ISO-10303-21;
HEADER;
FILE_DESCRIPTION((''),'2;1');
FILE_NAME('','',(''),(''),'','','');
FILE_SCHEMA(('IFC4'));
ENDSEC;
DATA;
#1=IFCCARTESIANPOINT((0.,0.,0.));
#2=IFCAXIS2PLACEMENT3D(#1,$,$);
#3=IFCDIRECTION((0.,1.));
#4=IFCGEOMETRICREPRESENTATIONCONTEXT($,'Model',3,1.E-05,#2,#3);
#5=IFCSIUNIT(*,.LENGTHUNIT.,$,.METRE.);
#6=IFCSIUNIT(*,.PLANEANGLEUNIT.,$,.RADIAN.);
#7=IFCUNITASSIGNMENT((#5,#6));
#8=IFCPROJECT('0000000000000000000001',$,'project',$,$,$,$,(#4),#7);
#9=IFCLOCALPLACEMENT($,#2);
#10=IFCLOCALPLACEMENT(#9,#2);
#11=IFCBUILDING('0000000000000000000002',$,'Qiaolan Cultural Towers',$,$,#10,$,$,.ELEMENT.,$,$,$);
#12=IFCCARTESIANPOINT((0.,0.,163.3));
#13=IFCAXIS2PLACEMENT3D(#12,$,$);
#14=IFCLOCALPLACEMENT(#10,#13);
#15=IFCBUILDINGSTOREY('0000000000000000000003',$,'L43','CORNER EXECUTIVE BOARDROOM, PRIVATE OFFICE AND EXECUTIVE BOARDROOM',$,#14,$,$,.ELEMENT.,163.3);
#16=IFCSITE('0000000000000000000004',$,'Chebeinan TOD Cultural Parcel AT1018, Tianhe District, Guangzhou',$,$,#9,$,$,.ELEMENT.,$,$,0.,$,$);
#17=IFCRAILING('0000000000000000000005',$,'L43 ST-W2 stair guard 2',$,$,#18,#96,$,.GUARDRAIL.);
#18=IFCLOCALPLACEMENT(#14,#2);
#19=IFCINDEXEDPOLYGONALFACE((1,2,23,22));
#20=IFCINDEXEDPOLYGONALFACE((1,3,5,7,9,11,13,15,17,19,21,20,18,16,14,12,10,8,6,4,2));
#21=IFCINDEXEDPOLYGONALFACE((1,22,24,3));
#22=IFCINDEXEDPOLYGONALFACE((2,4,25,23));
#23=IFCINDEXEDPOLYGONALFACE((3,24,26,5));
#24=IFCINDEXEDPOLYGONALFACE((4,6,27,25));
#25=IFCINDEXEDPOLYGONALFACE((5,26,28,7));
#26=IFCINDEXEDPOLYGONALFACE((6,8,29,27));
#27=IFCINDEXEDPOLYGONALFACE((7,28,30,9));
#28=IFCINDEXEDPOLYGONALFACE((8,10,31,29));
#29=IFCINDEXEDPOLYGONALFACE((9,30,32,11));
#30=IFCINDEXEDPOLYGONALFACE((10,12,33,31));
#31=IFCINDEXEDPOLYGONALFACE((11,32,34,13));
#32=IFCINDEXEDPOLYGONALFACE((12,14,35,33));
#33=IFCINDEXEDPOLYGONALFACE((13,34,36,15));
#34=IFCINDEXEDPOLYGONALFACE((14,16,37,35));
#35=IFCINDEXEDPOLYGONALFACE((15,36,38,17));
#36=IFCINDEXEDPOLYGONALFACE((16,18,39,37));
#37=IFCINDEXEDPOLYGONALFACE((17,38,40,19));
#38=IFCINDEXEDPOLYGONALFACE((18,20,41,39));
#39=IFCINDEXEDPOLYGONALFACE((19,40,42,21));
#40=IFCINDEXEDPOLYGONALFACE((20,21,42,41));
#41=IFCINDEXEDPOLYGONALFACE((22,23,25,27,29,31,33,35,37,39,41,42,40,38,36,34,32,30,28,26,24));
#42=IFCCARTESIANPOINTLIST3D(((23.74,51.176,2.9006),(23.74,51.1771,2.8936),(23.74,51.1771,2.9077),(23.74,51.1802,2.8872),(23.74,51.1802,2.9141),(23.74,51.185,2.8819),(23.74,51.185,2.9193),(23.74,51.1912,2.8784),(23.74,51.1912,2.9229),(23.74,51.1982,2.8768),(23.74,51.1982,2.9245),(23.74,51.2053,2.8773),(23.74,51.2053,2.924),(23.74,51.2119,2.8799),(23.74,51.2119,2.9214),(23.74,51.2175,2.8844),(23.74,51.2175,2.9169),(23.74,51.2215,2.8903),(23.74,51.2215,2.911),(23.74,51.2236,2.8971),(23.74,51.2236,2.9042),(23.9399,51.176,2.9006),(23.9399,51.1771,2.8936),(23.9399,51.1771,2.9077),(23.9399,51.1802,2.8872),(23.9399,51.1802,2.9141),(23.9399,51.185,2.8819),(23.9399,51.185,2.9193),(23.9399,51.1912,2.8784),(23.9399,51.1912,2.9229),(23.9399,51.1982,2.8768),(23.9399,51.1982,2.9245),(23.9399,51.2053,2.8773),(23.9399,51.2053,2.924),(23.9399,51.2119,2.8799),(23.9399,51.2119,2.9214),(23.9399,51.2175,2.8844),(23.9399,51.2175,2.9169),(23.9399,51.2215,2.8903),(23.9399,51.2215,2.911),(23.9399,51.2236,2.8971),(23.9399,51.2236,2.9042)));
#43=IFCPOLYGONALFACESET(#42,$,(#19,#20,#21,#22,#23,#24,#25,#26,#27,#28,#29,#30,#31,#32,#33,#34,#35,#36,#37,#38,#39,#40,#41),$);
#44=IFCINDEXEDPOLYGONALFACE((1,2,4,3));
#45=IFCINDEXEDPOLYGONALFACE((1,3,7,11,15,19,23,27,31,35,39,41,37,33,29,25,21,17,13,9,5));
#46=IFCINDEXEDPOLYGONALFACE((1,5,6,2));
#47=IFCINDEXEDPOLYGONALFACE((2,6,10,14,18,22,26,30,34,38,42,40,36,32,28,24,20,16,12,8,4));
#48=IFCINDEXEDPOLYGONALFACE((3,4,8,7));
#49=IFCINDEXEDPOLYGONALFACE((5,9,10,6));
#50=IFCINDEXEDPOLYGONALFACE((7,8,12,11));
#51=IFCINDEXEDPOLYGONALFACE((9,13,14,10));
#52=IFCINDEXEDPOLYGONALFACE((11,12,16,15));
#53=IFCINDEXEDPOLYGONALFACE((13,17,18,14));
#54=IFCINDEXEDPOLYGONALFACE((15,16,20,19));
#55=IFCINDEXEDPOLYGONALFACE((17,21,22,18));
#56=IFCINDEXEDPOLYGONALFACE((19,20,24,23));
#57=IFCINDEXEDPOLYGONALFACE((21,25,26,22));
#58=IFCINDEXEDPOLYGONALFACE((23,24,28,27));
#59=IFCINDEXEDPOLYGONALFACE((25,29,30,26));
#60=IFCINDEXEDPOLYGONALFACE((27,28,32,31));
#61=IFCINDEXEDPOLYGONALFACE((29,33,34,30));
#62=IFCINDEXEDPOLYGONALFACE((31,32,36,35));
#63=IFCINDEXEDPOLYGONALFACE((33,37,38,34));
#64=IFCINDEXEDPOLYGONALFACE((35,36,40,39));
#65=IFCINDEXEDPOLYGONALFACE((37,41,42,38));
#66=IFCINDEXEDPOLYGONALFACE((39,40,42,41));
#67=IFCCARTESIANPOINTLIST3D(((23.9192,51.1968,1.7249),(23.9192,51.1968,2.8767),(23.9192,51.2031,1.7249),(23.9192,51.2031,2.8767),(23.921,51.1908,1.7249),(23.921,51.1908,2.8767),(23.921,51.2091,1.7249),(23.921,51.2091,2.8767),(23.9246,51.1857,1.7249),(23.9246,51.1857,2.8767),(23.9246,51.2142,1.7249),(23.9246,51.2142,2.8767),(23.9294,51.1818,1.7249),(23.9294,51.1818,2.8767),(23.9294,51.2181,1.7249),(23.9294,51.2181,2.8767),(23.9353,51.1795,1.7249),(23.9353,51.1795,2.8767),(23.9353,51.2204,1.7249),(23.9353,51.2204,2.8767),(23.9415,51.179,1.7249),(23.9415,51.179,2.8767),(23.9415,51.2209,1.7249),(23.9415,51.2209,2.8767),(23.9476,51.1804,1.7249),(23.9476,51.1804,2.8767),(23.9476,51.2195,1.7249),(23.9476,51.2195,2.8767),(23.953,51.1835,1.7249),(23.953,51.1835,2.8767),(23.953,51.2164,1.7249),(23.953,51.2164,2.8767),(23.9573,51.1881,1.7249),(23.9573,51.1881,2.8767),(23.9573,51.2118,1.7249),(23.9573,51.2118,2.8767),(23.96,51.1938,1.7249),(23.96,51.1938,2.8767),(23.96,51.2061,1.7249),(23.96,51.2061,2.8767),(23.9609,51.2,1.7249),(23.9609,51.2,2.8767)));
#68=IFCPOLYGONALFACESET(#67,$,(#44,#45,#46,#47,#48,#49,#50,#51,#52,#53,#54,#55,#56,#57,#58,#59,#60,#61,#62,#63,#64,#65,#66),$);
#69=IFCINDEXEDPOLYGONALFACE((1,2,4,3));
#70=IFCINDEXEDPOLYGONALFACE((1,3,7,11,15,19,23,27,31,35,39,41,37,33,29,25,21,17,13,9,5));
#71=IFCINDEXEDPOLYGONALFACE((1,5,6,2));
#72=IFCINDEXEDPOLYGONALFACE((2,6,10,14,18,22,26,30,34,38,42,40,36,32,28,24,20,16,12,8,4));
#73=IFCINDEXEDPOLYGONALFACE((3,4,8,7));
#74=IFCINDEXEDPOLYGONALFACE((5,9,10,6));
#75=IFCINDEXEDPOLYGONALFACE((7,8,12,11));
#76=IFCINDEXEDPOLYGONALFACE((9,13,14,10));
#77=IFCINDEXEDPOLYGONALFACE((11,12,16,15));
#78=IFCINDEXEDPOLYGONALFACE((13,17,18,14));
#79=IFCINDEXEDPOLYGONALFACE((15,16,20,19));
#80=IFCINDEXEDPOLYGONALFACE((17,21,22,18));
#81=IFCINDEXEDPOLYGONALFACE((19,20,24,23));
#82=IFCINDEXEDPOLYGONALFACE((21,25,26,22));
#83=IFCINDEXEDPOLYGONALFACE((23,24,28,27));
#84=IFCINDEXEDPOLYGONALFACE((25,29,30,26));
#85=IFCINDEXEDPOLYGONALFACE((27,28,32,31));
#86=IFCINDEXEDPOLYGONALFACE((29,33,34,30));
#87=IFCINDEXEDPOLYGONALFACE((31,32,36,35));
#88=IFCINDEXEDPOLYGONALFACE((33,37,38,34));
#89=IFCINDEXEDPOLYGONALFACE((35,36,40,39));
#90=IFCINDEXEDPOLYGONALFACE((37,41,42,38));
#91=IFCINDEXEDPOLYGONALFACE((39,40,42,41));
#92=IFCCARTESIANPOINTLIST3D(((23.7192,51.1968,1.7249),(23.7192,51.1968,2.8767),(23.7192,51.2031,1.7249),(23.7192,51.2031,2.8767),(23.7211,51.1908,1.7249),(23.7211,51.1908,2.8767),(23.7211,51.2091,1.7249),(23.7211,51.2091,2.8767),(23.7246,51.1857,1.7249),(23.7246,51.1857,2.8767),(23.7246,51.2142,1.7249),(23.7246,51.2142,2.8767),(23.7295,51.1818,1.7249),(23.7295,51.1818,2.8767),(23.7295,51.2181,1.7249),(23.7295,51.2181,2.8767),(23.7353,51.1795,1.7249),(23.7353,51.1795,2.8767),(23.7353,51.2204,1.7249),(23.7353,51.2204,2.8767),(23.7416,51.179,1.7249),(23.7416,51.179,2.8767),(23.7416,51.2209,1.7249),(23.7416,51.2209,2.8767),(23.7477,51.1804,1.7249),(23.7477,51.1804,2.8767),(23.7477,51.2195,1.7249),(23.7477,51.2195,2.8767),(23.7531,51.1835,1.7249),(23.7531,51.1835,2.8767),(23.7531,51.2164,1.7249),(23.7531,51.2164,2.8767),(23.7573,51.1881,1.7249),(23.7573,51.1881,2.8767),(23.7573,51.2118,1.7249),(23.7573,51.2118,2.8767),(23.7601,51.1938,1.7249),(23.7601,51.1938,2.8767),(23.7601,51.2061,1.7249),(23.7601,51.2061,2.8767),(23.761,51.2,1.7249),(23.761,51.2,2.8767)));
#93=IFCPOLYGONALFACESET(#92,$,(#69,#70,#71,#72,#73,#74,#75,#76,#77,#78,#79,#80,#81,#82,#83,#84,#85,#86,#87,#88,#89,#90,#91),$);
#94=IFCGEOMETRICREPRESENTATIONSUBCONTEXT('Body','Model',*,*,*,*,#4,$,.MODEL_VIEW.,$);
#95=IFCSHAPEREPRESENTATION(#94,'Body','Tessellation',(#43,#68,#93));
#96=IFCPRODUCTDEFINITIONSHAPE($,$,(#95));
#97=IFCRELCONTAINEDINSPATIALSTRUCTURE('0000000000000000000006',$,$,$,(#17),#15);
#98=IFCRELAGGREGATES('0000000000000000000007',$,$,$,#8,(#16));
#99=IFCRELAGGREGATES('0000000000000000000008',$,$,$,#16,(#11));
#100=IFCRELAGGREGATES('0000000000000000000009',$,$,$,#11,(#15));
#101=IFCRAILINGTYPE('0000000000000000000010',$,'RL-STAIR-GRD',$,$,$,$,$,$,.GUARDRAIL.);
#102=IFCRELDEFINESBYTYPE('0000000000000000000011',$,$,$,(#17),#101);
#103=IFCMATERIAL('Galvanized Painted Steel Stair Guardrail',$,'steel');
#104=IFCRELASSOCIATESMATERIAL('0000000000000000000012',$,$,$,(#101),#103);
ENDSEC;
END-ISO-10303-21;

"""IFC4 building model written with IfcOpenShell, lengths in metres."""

from ifc_helpers import new_model, si_unit, direction, frame, origin, origin_2d, place, context, subcontext, project, spatial, circle, extrude, material, type_object, element, save


model = new_model("IFC4")

# Units and contexts
model_context = context("Model", 3, precision=1e-05, world=origin(), true_north=direction((0.0, 1.0)))
body_context = subcontext(model_context, "Body", "Model", "MODEL_VIEW")
ifc_project = project(units=[si_unit("LENGTHUNIT", "METRE"), si_unit("PLANEANGLEUNIT", "RADIAN")], contexts=[model_context])

# Site, building, storey
site_placement = place(None, origin())
site = spatial("IfcSite", under=ifc_project, at=site_placement, Name="Chebeinan TOD Cultural Parcel AT1018, Tianhe District, Guangzhou", CompositionType="ELEMENT", RefElevation=0.0)
building_placement = place(site_placement, origin())
building = spatial("IfcBuilding", under=site, at=building_placement, Name="Qiaolan Cultural Towers", CompositionType="ELEMENT")
storey_placement = place(building_placement, frame((0.0, 0.0, 163.3)))
storey = spatial("IfcBuildingStorey", under=building, at=storey_placement, Name="L43", Description="CORNER EXECUTIVE BOARDROOM, PRIVATE OFFICE AND EXECUTIVE BOARDROOM", CompositionType="ELEMENT", Elevation=163.3)

# Railing
ifc_material_1 = material(Name="Galvanized Painted Steel Stair Guardrail", Category="steel")
railing_type_1 = type_object("IfcRailingType", Name="RL-STAIR-GRD", PredefinedType="GUARDRAIL", material=ifc_material_1)
railing_1_placement = place(storey_placement, frame((23.9399, 51.2, 1.7249)))
element("IfcRailing", 1, at=railing_1_placement, inside=storey, type_object=railing_type_1, Name="L43 ST-W2 stair guard 2", PredefinedType="GUARDRAIL", context=body_context, shape_type="SweptSolid", body=[
    extrude(circle(Radius=0.0239, at=origin_2d()), frame((0.0, 0.0, 1.1758), z_axis=(-1.0, 0.0, 0.0), x_axis=(0.0, -1.0, 0.0)), (0.0, 0.0, 1.0), 0.2),
    extrude(circle(Radius=0.021, at=origin_2d()), origin(), (0.0, 0.0, 1.0), 1.1519),
    extrude(circle(Radius=0.021, at=origin_2d()), frame((-0.2, 0.0, 0.0)), (0.0, 0.0, 1.0), 1.1519),
])

save(model, "model.ifc")
